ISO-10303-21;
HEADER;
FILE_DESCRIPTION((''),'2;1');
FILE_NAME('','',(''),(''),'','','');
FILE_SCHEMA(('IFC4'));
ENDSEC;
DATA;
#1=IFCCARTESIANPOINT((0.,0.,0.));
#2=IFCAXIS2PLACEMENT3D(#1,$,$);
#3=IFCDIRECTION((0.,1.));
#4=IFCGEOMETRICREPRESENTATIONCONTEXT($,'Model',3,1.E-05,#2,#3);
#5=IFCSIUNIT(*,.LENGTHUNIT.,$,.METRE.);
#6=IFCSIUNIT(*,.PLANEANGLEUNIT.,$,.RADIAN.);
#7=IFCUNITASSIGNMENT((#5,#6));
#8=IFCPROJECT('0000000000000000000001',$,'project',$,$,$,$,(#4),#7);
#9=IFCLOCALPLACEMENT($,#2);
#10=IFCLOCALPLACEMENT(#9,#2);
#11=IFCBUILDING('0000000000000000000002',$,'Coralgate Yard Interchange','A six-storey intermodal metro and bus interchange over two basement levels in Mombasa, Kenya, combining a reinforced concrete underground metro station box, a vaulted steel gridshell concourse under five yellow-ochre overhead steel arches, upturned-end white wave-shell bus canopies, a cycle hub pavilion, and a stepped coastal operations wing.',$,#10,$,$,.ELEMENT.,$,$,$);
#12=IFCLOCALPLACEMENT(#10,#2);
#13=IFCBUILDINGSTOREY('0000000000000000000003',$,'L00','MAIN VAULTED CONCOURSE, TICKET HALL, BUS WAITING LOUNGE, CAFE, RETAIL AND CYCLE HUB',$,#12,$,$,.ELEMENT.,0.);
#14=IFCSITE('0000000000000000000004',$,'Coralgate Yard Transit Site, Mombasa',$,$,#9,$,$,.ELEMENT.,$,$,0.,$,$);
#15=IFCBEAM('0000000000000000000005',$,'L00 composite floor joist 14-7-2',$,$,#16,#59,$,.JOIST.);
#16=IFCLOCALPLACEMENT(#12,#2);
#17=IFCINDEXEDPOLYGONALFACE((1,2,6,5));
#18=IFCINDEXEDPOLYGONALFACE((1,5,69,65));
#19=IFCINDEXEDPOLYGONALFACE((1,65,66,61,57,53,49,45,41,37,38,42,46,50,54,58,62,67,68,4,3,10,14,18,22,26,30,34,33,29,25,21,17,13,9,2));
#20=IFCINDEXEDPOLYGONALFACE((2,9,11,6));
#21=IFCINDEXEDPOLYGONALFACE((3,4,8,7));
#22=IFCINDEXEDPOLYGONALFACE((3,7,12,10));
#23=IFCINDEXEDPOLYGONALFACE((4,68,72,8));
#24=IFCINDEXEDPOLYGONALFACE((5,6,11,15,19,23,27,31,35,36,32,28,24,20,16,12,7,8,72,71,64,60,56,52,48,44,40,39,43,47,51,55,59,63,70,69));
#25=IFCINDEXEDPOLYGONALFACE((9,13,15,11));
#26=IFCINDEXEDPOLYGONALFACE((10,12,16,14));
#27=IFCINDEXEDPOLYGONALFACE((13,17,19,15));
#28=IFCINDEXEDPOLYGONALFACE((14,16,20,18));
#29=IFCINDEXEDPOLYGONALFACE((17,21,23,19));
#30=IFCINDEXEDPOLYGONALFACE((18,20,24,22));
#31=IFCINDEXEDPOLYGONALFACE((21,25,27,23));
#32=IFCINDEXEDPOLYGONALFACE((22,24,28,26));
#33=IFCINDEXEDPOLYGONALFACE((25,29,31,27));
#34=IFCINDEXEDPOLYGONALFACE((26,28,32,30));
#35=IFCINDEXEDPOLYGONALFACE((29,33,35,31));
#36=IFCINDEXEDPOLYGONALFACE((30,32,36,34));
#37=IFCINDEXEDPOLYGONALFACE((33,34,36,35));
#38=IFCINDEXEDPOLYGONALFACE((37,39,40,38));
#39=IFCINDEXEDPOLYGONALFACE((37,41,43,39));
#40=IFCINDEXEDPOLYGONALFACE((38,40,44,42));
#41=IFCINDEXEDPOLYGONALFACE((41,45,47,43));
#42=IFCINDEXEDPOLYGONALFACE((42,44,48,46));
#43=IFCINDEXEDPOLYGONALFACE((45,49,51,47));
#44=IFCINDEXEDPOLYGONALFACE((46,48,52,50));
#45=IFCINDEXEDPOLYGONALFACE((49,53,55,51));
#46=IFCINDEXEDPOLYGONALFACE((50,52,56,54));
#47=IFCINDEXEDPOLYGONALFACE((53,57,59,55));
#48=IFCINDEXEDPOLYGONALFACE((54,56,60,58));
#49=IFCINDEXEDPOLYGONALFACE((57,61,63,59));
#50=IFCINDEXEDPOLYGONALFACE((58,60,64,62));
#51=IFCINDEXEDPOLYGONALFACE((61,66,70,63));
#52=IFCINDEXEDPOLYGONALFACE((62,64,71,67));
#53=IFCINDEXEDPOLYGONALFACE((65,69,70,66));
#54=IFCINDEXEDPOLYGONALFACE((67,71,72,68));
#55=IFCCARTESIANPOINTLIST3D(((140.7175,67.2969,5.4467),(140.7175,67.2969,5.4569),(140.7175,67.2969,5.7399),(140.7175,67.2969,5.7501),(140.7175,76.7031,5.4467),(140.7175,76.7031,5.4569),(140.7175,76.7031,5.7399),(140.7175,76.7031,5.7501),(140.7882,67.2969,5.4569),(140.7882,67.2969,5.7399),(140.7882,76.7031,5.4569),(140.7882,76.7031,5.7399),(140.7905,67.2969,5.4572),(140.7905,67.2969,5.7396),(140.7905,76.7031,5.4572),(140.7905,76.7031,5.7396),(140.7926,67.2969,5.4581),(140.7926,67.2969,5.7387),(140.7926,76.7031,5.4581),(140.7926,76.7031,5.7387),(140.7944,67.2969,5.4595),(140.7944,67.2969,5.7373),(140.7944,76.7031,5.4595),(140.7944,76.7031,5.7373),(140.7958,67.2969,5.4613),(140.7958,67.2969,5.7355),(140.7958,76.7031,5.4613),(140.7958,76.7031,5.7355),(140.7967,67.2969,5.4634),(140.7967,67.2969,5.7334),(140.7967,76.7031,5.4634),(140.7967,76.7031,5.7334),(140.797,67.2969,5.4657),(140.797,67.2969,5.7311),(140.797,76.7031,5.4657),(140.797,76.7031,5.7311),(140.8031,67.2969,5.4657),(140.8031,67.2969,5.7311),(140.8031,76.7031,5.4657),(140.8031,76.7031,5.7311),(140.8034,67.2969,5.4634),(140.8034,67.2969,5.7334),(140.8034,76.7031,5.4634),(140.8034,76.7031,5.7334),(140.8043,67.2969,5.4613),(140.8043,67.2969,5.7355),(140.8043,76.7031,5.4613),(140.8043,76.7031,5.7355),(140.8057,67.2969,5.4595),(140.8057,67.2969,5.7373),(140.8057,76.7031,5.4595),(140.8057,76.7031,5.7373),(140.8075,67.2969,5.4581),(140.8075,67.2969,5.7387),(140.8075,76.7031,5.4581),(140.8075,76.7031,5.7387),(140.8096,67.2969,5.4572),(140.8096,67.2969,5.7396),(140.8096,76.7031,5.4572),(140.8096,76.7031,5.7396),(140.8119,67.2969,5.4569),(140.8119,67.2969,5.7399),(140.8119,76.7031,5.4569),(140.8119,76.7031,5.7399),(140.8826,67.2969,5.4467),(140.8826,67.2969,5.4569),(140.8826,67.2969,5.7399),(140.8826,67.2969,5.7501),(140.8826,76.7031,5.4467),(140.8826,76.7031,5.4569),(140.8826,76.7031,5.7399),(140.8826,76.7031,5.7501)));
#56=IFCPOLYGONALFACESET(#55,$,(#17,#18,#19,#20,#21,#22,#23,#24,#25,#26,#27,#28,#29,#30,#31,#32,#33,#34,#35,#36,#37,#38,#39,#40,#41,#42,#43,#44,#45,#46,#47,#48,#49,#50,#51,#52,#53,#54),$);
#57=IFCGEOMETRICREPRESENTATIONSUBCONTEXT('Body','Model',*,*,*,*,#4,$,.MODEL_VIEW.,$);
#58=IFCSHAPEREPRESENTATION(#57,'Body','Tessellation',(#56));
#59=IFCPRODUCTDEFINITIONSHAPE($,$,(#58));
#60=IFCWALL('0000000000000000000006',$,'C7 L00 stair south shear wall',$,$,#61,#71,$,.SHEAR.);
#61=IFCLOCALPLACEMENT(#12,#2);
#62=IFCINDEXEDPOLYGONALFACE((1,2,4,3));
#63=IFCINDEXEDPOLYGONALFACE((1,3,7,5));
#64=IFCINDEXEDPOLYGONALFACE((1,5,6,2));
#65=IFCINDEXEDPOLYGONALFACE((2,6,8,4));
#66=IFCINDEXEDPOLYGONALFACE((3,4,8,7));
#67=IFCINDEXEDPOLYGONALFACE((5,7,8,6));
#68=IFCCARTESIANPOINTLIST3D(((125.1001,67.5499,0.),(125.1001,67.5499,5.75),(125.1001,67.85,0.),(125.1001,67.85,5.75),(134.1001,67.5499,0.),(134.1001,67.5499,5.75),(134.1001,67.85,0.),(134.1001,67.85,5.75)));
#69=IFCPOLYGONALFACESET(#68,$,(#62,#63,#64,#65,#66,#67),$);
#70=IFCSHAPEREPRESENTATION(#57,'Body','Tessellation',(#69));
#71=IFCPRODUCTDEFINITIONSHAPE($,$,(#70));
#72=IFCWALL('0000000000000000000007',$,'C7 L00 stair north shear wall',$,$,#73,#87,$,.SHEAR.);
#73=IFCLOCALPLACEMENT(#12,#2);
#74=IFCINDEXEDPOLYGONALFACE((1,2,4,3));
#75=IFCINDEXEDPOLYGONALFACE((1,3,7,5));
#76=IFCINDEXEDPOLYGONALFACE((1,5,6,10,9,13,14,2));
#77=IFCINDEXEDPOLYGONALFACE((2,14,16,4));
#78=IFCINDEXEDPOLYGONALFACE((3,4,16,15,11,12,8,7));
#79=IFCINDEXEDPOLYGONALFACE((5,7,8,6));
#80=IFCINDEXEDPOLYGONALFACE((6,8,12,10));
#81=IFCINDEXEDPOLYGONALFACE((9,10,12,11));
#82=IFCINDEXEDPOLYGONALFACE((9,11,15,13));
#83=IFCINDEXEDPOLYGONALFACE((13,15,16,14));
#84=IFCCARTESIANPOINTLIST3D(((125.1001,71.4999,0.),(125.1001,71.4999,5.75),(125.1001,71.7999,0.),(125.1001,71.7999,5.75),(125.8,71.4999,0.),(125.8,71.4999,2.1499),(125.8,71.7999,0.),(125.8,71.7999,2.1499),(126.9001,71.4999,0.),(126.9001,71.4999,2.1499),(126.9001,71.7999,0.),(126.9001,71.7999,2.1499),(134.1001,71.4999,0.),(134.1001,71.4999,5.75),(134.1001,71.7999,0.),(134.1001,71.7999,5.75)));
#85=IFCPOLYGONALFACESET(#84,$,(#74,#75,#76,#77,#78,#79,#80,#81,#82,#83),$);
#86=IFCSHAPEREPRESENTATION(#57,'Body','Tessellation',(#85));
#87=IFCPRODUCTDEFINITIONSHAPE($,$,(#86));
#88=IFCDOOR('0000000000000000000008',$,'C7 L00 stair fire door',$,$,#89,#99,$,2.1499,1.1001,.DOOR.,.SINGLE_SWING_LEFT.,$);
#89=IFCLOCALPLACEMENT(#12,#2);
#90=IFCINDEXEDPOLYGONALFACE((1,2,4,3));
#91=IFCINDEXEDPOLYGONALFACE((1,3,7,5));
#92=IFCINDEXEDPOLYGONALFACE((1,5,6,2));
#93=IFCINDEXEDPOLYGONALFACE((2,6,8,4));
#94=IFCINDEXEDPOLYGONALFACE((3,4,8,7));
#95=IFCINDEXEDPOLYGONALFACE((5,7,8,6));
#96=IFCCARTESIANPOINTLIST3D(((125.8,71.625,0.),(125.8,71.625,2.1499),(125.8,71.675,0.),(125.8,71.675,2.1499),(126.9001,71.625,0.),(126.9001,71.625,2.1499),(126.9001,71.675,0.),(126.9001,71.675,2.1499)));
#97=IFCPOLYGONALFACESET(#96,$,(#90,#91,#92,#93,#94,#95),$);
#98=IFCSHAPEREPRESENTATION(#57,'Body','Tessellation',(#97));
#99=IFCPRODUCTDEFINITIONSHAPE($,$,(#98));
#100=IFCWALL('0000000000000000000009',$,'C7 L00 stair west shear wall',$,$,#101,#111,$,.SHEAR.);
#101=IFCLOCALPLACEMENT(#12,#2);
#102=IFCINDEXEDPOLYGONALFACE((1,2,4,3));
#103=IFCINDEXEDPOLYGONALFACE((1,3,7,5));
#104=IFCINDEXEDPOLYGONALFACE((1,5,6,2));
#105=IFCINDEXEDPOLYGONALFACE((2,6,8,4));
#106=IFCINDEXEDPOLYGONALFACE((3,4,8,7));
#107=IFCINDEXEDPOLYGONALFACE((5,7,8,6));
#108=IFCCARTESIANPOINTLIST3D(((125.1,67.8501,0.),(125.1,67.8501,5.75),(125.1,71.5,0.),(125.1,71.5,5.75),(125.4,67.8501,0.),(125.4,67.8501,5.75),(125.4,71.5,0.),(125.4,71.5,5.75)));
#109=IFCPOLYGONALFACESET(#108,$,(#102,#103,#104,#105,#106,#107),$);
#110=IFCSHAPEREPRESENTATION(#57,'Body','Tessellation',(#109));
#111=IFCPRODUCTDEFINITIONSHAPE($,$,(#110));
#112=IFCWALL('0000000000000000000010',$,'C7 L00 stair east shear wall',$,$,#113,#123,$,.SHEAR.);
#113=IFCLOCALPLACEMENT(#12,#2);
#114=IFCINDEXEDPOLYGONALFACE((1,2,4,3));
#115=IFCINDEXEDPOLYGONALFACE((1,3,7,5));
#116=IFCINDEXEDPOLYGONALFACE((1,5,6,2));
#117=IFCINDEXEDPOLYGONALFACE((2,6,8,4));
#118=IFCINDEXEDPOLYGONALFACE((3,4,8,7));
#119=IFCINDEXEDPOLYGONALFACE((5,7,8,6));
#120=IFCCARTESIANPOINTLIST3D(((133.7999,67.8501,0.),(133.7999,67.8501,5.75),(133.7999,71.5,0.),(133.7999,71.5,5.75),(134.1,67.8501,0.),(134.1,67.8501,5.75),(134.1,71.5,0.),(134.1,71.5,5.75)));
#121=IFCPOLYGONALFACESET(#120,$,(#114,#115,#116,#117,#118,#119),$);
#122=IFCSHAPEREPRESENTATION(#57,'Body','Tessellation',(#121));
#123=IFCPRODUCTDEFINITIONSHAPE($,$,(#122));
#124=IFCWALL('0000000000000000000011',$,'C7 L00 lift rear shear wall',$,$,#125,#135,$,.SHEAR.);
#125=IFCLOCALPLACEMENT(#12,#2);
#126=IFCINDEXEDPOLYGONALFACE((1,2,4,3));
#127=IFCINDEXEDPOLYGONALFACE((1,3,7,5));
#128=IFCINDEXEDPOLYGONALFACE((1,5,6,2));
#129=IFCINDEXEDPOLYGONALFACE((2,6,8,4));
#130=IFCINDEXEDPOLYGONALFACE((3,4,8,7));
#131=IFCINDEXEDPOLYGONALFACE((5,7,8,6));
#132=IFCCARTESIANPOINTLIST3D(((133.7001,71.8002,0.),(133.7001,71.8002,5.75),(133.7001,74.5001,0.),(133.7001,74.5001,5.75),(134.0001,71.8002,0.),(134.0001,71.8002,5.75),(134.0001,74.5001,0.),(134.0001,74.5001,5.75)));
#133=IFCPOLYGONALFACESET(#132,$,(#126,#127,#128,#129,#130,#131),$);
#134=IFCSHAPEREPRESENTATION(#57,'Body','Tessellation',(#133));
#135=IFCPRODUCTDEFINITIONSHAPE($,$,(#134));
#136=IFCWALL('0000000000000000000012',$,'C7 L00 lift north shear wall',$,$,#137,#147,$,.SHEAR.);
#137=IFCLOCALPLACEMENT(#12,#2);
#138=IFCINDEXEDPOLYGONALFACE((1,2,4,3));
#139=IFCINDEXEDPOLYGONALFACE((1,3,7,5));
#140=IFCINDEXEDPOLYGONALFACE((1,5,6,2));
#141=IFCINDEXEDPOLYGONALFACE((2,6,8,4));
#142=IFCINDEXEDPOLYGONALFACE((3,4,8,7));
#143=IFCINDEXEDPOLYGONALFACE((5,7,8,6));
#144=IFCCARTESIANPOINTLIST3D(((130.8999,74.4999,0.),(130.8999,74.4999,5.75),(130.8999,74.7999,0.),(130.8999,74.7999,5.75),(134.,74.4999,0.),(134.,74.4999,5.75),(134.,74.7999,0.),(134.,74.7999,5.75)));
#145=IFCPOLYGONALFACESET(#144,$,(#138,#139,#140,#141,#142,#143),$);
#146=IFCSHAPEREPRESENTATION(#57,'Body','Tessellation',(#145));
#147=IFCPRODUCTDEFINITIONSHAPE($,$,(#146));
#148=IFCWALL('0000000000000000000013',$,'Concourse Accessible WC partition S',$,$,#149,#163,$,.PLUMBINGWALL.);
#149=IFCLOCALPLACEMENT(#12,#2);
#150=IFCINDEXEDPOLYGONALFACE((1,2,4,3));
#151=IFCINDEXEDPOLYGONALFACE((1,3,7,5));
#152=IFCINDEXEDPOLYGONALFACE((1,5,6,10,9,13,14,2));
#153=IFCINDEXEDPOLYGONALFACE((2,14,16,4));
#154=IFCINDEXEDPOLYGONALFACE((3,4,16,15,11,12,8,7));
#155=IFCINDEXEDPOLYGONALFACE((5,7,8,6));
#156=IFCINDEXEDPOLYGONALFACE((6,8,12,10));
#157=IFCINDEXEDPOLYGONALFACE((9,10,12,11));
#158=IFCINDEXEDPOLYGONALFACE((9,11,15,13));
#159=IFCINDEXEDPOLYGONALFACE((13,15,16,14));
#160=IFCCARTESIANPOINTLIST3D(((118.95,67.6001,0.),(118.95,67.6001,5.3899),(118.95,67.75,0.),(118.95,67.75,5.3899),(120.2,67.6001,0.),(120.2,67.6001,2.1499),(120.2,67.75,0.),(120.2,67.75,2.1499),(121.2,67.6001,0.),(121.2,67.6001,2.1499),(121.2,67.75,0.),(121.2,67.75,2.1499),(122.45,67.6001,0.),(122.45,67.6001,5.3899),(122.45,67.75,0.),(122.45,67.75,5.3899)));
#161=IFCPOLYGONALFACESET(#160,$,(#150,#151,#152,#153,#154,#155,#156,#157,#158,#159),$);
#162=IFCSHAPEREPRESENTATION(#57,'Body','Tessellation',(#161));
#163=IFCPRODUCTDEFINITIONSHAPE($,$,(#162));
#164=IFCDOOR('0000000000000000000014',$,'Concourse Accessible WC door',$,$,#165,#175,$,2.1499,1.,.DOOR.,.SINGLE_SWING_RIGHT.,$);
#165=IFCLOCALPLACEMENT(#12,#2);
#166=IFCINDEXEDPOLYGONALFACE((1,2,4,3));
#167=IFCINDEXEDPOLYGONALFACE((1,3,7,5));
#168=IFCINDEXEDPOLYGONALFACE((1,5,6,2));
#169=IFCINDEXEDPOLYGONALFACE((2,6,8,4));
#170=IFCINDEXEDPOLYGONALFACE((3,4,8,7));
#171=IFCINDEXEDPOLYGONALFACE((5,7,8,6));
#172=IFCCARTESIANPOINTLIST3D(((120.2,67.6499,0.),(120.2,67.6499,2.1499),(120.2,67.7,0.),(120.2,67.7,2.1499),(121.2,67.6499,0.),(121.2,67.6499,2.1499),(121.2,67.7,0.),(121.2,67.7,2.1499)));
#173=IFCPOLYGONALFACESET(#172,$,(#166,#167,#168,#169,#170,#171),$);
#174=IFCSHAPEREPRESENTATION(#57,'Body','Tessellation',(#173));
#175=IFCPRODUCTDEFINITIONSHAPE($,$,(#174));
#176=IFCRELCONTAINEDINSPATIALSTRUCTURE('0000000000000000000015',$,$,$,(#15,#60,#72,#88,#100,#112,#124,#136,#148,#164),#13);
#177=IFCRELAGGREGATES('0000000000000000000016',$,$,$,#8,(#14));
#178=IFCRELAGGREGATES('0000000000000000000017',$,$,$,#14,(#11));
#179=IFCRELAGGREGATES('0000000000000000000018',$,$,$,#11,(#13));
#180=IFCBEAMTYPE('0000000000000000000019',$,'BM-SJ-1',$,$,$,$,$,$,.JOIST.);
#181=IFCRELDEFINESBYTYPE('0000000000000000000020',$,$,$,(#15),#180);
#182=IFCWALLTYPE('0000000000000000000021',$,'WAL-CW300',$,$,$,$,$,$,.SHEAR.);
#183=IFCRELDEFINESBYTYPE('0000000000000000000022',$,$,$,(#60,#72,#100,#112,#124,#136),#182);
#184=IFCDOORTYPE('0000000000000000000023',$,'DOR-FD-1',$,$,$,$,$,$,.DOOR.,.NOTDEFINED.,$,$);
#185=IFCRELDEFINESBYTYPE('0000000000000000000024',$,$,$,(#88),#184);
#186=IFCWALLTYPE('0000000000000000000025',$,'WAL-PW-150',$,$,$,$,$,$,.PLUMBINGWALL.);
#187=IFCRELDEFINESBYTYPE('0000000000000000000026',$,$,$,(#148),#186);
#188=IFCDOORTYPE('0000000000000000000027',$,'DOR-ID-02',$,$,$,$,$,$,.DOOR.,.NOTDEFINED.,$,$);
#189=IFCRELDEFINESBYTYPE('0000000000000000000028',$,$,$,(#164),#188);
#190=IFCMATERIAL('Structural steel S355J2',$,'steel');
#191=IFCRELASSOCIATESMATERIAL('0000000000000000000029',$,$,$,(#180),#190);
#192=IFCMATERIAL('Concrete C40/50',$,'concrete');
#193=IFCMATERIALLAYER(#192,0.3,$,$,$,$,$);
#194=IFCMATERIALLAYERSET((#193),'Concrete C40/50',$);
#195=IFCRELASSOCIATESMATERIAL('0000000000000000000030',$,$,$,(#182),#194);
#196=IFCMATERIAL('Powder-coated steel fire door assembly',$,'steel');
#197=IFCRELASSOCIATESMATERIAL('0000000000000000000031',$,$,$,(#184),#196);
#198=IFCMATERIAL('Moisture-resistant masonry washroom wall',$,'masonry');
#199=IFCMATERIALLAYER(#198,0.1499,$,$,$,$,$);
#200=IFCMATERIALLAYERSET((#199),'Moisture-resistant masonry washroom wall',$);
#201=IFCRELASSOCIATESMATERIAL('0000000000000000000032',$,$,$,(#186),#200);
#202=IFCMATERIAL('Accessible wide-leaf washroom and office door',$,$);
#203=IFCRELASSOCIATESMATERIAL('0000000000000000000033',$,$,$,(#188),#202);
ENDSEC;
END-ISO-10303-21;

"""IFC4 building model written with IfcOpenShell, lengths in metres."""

from ifc_helpers import new_model, si_unit, direction, frame, frame_2d, origin, origin_2d, place, context, subcontext, project, spatial, rectangle, i_section, extrude, material, layer, layer_set, material_profile, profile_set, type_object, element, fill, save


model = new_model("IFC4")

# Units and contexts
model_context = context("Model", 3, precision=1e-05, world=origin(), true_north=direction((0.0, 1.0)))
body_context = subcontext(model_context, "Body", "Model", "MODEL_VIEW")
ifc_project = project(units=[si_unit("LENGTHUNIT", "METRE"), si_unit("PLANEANGLEUNIT", "RADIAN")], contexts=[model_context])

# Site, building, storey
site_placement = place(None, origin())
site = spatial("IfcSite", under=ifc_project, at=site_placement, Name="Coralgate Yard Transit Site, Mombasa", CompositionType="ELEMENT", RefElevation=0.0)
building_placement = place(site_placement, origin())
building = spatial("IfcBuilding", under=site, at=building_placement, Name="Coralgate Yard Interchange", Description="A six-storey intermodal metro and bus interchange over two basement levels in Mombasa, Kenya, combining a reinforced concrete underground metro station box, a vaulted steel gridshell concourse under five yellow-ochre overhead steel arches, upturned-end white wave-shell bus canopies, a cycle hub pavilion, and a stepped coastal operations wing.", CompositionType="ELEMENT")
storey_placement = place(building_placement, origin())
storey = spatial("IfcBuildingStorey", under=building, at=storey_placement, Name="L00", Description="MAIN VAULTED CONCOURSE, TICKET HALL, BUS WAITING LOUNGE, CAFE, RETAIL AND CYCLE HUB", CompositionType="ELEMENT", Elevation=0.0)

# Beam
ifc_material_1 = material(Name="Structural steel S355J2", Category="steel")
ifc_material_profile_1 = material_profile(ifc_material_1, i_section(OverallWidth=0.165, OverallDepth=0.3035, WebThickness=0.0061, FlangeThickness=0.0103, FilletRadius=0.0088, at=origin_2d()), Name="UB 305x165x40")
ifc_profile_set_1 = profile_set([ifc_material_profile_1], Name="Structural steel S355J2")
beam_type_1 = type_object("IfcBeamType", Name="BM-SJ-1", PredefinedType="JOIST", material=ifc_profile_set_1)
for number, where, z_axis, x_axis, name in (
    (1, (140.8, 67.2969, 5.5984), (0.0, 1.0, 0.0), (-1.0, 0.0, 0.0), "L00 composite floor joist 14-7-2"),
):
    element("IfcBeam", number, at=place(storey_placement, frame(where, z_axis=z_axis, x_axis=x_axis)), inside=storey, type_object=beam_type_1, Name=name, PredefinedType="JOIST", context=body_context, shape_type="SweptSolid", body=[
        extrude(i_section(OverallWidth=0.165, OverallDepth=0.3035, WebThickness=0.0061, FlangeThickness=0.0103, FilletRadius=0.0088, at=origin_2d()), origin(), (0.0, 0.0, 1.0), 9.4062),
    ])

# Wall
ifc_material_2 = material(Name="Concrete C40/50", Category="concrete")
ifc_layer_1 = layer(ifc_material_2, 0.3)
ifc_layer_set_1 = layer_set([ifc_layer_1], Name="Concrete C40/50")
wall_type_1 = type_object("IfcWallType", Name="WAL-CW300", PredefinedType="SHEAR", material=ifc_layer_set_1)
wall_1_placement = place(storey_placement, frame((125.1001, 67.7, 0.0), z_axis=(0.0, 0.0, 1.0), x_axis=(1.0, 0.0, 0.0)))
element("IfcWall", 2, at=wall_1_placement, inside=storey, type_object=wall_type_1, Name="C7 L00 stair south shear wall", PredefinedType="SHEAR", context=body_context, shape_type="SweptSolid", body=[
    extrude(rectangle(XDim=9.0, YDim=0.3, at=frame_2d((4.5, 0.0))), origin(), (0.0, 0.0, 1.0), 5.75),
])

# Wall, opening, door
wall_2_placement = place(storey_placement, frame((134.1001, 71.6499, 0.0), z_axis=(0.0, 0.0, 1.0), x_axis=(-1.0, 0.0, 0.0)))
wall_2 = element("IfcWall", 3, at=wall_2_placement, inside=storey, type_object=wall_type_1, Name="C7 L00 stair north shear wall", PredefinedType="SHEAR", context=body_context, shape_type="SweptSolid", body=[
    extrude(rectangle(XDim=9.0, YDim=0.3, at=frame_2d((4.5, 0.0))), origin(), (0.0, 0.0, 1.0), 5.75),
])
opening_1_placement = place(wall_2_placement, frame((7.2, 0.0, 0.0)))
opening_1 = element("IfcOpeningElement", 4, at=opening_1_placement, cuts=wall_2, PredefinedType="OPENING", context=body_context, shape_type="SweptSolid", body=[
    extrude(rectangle(XDim=1.1001, YDim=2.1499, at=frame_2d((0.55, 1.075))), frame((0.0, 0.1599, 0.0), z_axis=(0.0, -1.0, 0.0), x_axis=(1.0, 0.0, 0.0)), (0.0, 0.0, 1.0), 0.3201),
])
ifc_material_3 = material(Name="Powder-coated steel fire door assembly", Category="steel")
door_type_1 = type_object("IfcDoorType", Name="DOR-FD-1", OperationType="NOTDEFINED", PredefinedType="DOOR", material=ifc_material_3)
door_1_placement = place(opening_1_placement, origin())
door_1 = element("IfcDoor", 5, at=door_1_placement, inside=storey, type_object=door_type_1, Name="C7 L00 stair fire door", OperationType="SINGLE_SWING_LEFT", OverallHeight=2.1499, OverallWidth=1.1001, PredefinedType="DOOR", context=body_context, shape_type="SweptSolid", body=[
    extrude(rectangle(XDim=1.1001, YDim=2.1499, at=frame_2d((0.55, 1.075))), frame((0.0, 0.0249, 0.0), z_axis=(0.0, -1.0, 0.0), x_axis=(1.0, 0.0, 0.0)), (0.0, 0.0, 1.0), 0.05),
])
fill(opening_1, door_1)

# Walls
for number, where, z_axis, x_axis, name in (
    (6, (125.25, 67.8501, 0.0), (0.0, 0.0, 1.0), (0.0, 1.0, 0.0), "C7 L00 stair west shear wall"),
    (7, (133.95, 71.5, 0.0), (0.0, 0.0, 1.0), (0.0, -1.0, 0.0), "C7 L00 stair east shear wall"),
):
    element("IfcWall", number, at=place(storey_placement, frame(where, z_axis=z_axis, x_axis=x_axis)), inside=storey, type_object=wall_type_1, Name=name, PredefinedType="SHEAR", context=body_context, shape_type="SweptSolid", body=[
        extrude(rectangle(XDim=3.6499, YDim=0.3, at=frame_2d((1.825, 0.0))), origin(), (0.0, 0.0, 1.0), 5.75),
    ])

# Walls
wall_3_placement = place(storey_placement, frame((133.8501, 71.8, 0.0), z_axis=(0.0, 0.0, 1.0), x_axis=(0.0, 1.0, 0.0)))
element("IfcWall", 8, at=wall_3_placement, inside=storey, type_object=wall_type_1, Name="C7 L00 lift rear shear wall", PredefinedType="SHEAR", context=body_context, shape_type="SweptSolid", body=[
    extrude(rectangle(XDim=2.7, YDim=0.3, at=frame_2d((1.3501, 0.0))), origin(), (0.0, 0.0, 1.0), 5.75),
])
wall_4_placement = place(storey_placement, frame((130.8999, 74.6499, 0.0), z_axis=(0.0, 0.0, 1.0), x_axis=(1.0, 0.0, 0.0)))
element("IfcWall", 9, at=wall_4_placement, inside=storey, type_object=wall_type_1, Name="C7 L00 lift north shear wall", PredefinedType="SHEAR", context=body_context, shape_type="SweptSolid", body=[
    extrude(rectangle(XDim=3.1001, YDim=0.3, at=frame_2d((1.55, 0.0))), origin(), (0.0, 0.0, 1.0), 5.75),
])

# Wall, opening, door
ifc_material_4 = material(Name="Moisture-resistant masonry washroom wall", Category="masonry")
ifc_layer_2 = layer(ifc_material_4, 0.1499)
ifc_layer_set_2 = layer_set([ifc_layer_2], Name="Moisture-resistant masonry washroom wall")
wall_type_2 = type_object("IfcWallType", Name="WAL-PW-150", PredefinedType="PLUMBINGWALL", material=ifc_layer_set_2)
wall_5_placement = place(storey_placement, frame((122.45, 67.675, 0.0), z_axis=(0.0, 0.0, 1.0), x_axis=(-1.0, 0.0, 0.0)))
wall_5 = element("IfcWall", 10, at=wall_5_placement, inside=storey, type_object=wall_type_2, Name="Concourse Accessible WC partition S", PredefinedType="PLUMBINGWALL", context=body_context, shape_type="SweptSolid", body=[
    extrude(rectangle(XDim=3.5, YDim=0.1499, at=frame_2d((1.75, 0.0))), origin(), (0.0, 0.0, 1.0), 5.3899),
])
opening_2_placement = place(wall_5_placement, frame((1.25, 0.0, 0.0)))
opening_2 = element("IfcOpeningElement", 11, at=opening_2_placement, cuts=wall_5, PredefinedType="OPENING", context=body_context, shape_type="SweptSolid", body=[
    extrude(rectangle(XDim=1.0, YDim=2.1499, at=frame_2d((0.5, 1.075))), frame((0.0, 0.085, 0.0), z_axis=(0.0, -1.0, 0.0), x_axis=(1.0, 0.0, 0.0)), (0.0, 0.0, 1.0), 0.1699),
])
ifc_material_5 = material(Name="Accessible wide-leaf washroom and office door")
door_type_2 = type_object("IfcDoorType", Name="DOR-ID-02", OperationType="NOTDEFINED", PredefinedType="DOOR", material=ifc_material_5)
door_2_placement = place(opening_2_placement, frame((1.0, 0.0, 0.0), z_axis=(0.0, 0.0, 1.0), x_axis=(-1.0, 0.0, 0.0)))
door_2 = element("IfcDoor", 12, at=door_2_placement, inside=storey, type_object=door_type_2, Name="Concourse Accessible WC door", OperationType="SINGLE_SWING_RIGHT", OverallHeight=2.1499, OverallWidth=1.0, PredefinedType="DOOR", context=body_context, shape_type="SweptSolid", body=[
    extrude(rectangle(XDim=1.0, YDim=2.1499, at=frame_2d((0.5, 1.075))), frame((0.0, 0.0249, 0.0), z_axis=(0.0, -1.0, 0.0), x_axis=(1.0, 0.0, 0.0)), (0.0, 0.0, 1.0), 0.05),
])
fill(opening_2, door_2)

save(model, "model.ifc")
